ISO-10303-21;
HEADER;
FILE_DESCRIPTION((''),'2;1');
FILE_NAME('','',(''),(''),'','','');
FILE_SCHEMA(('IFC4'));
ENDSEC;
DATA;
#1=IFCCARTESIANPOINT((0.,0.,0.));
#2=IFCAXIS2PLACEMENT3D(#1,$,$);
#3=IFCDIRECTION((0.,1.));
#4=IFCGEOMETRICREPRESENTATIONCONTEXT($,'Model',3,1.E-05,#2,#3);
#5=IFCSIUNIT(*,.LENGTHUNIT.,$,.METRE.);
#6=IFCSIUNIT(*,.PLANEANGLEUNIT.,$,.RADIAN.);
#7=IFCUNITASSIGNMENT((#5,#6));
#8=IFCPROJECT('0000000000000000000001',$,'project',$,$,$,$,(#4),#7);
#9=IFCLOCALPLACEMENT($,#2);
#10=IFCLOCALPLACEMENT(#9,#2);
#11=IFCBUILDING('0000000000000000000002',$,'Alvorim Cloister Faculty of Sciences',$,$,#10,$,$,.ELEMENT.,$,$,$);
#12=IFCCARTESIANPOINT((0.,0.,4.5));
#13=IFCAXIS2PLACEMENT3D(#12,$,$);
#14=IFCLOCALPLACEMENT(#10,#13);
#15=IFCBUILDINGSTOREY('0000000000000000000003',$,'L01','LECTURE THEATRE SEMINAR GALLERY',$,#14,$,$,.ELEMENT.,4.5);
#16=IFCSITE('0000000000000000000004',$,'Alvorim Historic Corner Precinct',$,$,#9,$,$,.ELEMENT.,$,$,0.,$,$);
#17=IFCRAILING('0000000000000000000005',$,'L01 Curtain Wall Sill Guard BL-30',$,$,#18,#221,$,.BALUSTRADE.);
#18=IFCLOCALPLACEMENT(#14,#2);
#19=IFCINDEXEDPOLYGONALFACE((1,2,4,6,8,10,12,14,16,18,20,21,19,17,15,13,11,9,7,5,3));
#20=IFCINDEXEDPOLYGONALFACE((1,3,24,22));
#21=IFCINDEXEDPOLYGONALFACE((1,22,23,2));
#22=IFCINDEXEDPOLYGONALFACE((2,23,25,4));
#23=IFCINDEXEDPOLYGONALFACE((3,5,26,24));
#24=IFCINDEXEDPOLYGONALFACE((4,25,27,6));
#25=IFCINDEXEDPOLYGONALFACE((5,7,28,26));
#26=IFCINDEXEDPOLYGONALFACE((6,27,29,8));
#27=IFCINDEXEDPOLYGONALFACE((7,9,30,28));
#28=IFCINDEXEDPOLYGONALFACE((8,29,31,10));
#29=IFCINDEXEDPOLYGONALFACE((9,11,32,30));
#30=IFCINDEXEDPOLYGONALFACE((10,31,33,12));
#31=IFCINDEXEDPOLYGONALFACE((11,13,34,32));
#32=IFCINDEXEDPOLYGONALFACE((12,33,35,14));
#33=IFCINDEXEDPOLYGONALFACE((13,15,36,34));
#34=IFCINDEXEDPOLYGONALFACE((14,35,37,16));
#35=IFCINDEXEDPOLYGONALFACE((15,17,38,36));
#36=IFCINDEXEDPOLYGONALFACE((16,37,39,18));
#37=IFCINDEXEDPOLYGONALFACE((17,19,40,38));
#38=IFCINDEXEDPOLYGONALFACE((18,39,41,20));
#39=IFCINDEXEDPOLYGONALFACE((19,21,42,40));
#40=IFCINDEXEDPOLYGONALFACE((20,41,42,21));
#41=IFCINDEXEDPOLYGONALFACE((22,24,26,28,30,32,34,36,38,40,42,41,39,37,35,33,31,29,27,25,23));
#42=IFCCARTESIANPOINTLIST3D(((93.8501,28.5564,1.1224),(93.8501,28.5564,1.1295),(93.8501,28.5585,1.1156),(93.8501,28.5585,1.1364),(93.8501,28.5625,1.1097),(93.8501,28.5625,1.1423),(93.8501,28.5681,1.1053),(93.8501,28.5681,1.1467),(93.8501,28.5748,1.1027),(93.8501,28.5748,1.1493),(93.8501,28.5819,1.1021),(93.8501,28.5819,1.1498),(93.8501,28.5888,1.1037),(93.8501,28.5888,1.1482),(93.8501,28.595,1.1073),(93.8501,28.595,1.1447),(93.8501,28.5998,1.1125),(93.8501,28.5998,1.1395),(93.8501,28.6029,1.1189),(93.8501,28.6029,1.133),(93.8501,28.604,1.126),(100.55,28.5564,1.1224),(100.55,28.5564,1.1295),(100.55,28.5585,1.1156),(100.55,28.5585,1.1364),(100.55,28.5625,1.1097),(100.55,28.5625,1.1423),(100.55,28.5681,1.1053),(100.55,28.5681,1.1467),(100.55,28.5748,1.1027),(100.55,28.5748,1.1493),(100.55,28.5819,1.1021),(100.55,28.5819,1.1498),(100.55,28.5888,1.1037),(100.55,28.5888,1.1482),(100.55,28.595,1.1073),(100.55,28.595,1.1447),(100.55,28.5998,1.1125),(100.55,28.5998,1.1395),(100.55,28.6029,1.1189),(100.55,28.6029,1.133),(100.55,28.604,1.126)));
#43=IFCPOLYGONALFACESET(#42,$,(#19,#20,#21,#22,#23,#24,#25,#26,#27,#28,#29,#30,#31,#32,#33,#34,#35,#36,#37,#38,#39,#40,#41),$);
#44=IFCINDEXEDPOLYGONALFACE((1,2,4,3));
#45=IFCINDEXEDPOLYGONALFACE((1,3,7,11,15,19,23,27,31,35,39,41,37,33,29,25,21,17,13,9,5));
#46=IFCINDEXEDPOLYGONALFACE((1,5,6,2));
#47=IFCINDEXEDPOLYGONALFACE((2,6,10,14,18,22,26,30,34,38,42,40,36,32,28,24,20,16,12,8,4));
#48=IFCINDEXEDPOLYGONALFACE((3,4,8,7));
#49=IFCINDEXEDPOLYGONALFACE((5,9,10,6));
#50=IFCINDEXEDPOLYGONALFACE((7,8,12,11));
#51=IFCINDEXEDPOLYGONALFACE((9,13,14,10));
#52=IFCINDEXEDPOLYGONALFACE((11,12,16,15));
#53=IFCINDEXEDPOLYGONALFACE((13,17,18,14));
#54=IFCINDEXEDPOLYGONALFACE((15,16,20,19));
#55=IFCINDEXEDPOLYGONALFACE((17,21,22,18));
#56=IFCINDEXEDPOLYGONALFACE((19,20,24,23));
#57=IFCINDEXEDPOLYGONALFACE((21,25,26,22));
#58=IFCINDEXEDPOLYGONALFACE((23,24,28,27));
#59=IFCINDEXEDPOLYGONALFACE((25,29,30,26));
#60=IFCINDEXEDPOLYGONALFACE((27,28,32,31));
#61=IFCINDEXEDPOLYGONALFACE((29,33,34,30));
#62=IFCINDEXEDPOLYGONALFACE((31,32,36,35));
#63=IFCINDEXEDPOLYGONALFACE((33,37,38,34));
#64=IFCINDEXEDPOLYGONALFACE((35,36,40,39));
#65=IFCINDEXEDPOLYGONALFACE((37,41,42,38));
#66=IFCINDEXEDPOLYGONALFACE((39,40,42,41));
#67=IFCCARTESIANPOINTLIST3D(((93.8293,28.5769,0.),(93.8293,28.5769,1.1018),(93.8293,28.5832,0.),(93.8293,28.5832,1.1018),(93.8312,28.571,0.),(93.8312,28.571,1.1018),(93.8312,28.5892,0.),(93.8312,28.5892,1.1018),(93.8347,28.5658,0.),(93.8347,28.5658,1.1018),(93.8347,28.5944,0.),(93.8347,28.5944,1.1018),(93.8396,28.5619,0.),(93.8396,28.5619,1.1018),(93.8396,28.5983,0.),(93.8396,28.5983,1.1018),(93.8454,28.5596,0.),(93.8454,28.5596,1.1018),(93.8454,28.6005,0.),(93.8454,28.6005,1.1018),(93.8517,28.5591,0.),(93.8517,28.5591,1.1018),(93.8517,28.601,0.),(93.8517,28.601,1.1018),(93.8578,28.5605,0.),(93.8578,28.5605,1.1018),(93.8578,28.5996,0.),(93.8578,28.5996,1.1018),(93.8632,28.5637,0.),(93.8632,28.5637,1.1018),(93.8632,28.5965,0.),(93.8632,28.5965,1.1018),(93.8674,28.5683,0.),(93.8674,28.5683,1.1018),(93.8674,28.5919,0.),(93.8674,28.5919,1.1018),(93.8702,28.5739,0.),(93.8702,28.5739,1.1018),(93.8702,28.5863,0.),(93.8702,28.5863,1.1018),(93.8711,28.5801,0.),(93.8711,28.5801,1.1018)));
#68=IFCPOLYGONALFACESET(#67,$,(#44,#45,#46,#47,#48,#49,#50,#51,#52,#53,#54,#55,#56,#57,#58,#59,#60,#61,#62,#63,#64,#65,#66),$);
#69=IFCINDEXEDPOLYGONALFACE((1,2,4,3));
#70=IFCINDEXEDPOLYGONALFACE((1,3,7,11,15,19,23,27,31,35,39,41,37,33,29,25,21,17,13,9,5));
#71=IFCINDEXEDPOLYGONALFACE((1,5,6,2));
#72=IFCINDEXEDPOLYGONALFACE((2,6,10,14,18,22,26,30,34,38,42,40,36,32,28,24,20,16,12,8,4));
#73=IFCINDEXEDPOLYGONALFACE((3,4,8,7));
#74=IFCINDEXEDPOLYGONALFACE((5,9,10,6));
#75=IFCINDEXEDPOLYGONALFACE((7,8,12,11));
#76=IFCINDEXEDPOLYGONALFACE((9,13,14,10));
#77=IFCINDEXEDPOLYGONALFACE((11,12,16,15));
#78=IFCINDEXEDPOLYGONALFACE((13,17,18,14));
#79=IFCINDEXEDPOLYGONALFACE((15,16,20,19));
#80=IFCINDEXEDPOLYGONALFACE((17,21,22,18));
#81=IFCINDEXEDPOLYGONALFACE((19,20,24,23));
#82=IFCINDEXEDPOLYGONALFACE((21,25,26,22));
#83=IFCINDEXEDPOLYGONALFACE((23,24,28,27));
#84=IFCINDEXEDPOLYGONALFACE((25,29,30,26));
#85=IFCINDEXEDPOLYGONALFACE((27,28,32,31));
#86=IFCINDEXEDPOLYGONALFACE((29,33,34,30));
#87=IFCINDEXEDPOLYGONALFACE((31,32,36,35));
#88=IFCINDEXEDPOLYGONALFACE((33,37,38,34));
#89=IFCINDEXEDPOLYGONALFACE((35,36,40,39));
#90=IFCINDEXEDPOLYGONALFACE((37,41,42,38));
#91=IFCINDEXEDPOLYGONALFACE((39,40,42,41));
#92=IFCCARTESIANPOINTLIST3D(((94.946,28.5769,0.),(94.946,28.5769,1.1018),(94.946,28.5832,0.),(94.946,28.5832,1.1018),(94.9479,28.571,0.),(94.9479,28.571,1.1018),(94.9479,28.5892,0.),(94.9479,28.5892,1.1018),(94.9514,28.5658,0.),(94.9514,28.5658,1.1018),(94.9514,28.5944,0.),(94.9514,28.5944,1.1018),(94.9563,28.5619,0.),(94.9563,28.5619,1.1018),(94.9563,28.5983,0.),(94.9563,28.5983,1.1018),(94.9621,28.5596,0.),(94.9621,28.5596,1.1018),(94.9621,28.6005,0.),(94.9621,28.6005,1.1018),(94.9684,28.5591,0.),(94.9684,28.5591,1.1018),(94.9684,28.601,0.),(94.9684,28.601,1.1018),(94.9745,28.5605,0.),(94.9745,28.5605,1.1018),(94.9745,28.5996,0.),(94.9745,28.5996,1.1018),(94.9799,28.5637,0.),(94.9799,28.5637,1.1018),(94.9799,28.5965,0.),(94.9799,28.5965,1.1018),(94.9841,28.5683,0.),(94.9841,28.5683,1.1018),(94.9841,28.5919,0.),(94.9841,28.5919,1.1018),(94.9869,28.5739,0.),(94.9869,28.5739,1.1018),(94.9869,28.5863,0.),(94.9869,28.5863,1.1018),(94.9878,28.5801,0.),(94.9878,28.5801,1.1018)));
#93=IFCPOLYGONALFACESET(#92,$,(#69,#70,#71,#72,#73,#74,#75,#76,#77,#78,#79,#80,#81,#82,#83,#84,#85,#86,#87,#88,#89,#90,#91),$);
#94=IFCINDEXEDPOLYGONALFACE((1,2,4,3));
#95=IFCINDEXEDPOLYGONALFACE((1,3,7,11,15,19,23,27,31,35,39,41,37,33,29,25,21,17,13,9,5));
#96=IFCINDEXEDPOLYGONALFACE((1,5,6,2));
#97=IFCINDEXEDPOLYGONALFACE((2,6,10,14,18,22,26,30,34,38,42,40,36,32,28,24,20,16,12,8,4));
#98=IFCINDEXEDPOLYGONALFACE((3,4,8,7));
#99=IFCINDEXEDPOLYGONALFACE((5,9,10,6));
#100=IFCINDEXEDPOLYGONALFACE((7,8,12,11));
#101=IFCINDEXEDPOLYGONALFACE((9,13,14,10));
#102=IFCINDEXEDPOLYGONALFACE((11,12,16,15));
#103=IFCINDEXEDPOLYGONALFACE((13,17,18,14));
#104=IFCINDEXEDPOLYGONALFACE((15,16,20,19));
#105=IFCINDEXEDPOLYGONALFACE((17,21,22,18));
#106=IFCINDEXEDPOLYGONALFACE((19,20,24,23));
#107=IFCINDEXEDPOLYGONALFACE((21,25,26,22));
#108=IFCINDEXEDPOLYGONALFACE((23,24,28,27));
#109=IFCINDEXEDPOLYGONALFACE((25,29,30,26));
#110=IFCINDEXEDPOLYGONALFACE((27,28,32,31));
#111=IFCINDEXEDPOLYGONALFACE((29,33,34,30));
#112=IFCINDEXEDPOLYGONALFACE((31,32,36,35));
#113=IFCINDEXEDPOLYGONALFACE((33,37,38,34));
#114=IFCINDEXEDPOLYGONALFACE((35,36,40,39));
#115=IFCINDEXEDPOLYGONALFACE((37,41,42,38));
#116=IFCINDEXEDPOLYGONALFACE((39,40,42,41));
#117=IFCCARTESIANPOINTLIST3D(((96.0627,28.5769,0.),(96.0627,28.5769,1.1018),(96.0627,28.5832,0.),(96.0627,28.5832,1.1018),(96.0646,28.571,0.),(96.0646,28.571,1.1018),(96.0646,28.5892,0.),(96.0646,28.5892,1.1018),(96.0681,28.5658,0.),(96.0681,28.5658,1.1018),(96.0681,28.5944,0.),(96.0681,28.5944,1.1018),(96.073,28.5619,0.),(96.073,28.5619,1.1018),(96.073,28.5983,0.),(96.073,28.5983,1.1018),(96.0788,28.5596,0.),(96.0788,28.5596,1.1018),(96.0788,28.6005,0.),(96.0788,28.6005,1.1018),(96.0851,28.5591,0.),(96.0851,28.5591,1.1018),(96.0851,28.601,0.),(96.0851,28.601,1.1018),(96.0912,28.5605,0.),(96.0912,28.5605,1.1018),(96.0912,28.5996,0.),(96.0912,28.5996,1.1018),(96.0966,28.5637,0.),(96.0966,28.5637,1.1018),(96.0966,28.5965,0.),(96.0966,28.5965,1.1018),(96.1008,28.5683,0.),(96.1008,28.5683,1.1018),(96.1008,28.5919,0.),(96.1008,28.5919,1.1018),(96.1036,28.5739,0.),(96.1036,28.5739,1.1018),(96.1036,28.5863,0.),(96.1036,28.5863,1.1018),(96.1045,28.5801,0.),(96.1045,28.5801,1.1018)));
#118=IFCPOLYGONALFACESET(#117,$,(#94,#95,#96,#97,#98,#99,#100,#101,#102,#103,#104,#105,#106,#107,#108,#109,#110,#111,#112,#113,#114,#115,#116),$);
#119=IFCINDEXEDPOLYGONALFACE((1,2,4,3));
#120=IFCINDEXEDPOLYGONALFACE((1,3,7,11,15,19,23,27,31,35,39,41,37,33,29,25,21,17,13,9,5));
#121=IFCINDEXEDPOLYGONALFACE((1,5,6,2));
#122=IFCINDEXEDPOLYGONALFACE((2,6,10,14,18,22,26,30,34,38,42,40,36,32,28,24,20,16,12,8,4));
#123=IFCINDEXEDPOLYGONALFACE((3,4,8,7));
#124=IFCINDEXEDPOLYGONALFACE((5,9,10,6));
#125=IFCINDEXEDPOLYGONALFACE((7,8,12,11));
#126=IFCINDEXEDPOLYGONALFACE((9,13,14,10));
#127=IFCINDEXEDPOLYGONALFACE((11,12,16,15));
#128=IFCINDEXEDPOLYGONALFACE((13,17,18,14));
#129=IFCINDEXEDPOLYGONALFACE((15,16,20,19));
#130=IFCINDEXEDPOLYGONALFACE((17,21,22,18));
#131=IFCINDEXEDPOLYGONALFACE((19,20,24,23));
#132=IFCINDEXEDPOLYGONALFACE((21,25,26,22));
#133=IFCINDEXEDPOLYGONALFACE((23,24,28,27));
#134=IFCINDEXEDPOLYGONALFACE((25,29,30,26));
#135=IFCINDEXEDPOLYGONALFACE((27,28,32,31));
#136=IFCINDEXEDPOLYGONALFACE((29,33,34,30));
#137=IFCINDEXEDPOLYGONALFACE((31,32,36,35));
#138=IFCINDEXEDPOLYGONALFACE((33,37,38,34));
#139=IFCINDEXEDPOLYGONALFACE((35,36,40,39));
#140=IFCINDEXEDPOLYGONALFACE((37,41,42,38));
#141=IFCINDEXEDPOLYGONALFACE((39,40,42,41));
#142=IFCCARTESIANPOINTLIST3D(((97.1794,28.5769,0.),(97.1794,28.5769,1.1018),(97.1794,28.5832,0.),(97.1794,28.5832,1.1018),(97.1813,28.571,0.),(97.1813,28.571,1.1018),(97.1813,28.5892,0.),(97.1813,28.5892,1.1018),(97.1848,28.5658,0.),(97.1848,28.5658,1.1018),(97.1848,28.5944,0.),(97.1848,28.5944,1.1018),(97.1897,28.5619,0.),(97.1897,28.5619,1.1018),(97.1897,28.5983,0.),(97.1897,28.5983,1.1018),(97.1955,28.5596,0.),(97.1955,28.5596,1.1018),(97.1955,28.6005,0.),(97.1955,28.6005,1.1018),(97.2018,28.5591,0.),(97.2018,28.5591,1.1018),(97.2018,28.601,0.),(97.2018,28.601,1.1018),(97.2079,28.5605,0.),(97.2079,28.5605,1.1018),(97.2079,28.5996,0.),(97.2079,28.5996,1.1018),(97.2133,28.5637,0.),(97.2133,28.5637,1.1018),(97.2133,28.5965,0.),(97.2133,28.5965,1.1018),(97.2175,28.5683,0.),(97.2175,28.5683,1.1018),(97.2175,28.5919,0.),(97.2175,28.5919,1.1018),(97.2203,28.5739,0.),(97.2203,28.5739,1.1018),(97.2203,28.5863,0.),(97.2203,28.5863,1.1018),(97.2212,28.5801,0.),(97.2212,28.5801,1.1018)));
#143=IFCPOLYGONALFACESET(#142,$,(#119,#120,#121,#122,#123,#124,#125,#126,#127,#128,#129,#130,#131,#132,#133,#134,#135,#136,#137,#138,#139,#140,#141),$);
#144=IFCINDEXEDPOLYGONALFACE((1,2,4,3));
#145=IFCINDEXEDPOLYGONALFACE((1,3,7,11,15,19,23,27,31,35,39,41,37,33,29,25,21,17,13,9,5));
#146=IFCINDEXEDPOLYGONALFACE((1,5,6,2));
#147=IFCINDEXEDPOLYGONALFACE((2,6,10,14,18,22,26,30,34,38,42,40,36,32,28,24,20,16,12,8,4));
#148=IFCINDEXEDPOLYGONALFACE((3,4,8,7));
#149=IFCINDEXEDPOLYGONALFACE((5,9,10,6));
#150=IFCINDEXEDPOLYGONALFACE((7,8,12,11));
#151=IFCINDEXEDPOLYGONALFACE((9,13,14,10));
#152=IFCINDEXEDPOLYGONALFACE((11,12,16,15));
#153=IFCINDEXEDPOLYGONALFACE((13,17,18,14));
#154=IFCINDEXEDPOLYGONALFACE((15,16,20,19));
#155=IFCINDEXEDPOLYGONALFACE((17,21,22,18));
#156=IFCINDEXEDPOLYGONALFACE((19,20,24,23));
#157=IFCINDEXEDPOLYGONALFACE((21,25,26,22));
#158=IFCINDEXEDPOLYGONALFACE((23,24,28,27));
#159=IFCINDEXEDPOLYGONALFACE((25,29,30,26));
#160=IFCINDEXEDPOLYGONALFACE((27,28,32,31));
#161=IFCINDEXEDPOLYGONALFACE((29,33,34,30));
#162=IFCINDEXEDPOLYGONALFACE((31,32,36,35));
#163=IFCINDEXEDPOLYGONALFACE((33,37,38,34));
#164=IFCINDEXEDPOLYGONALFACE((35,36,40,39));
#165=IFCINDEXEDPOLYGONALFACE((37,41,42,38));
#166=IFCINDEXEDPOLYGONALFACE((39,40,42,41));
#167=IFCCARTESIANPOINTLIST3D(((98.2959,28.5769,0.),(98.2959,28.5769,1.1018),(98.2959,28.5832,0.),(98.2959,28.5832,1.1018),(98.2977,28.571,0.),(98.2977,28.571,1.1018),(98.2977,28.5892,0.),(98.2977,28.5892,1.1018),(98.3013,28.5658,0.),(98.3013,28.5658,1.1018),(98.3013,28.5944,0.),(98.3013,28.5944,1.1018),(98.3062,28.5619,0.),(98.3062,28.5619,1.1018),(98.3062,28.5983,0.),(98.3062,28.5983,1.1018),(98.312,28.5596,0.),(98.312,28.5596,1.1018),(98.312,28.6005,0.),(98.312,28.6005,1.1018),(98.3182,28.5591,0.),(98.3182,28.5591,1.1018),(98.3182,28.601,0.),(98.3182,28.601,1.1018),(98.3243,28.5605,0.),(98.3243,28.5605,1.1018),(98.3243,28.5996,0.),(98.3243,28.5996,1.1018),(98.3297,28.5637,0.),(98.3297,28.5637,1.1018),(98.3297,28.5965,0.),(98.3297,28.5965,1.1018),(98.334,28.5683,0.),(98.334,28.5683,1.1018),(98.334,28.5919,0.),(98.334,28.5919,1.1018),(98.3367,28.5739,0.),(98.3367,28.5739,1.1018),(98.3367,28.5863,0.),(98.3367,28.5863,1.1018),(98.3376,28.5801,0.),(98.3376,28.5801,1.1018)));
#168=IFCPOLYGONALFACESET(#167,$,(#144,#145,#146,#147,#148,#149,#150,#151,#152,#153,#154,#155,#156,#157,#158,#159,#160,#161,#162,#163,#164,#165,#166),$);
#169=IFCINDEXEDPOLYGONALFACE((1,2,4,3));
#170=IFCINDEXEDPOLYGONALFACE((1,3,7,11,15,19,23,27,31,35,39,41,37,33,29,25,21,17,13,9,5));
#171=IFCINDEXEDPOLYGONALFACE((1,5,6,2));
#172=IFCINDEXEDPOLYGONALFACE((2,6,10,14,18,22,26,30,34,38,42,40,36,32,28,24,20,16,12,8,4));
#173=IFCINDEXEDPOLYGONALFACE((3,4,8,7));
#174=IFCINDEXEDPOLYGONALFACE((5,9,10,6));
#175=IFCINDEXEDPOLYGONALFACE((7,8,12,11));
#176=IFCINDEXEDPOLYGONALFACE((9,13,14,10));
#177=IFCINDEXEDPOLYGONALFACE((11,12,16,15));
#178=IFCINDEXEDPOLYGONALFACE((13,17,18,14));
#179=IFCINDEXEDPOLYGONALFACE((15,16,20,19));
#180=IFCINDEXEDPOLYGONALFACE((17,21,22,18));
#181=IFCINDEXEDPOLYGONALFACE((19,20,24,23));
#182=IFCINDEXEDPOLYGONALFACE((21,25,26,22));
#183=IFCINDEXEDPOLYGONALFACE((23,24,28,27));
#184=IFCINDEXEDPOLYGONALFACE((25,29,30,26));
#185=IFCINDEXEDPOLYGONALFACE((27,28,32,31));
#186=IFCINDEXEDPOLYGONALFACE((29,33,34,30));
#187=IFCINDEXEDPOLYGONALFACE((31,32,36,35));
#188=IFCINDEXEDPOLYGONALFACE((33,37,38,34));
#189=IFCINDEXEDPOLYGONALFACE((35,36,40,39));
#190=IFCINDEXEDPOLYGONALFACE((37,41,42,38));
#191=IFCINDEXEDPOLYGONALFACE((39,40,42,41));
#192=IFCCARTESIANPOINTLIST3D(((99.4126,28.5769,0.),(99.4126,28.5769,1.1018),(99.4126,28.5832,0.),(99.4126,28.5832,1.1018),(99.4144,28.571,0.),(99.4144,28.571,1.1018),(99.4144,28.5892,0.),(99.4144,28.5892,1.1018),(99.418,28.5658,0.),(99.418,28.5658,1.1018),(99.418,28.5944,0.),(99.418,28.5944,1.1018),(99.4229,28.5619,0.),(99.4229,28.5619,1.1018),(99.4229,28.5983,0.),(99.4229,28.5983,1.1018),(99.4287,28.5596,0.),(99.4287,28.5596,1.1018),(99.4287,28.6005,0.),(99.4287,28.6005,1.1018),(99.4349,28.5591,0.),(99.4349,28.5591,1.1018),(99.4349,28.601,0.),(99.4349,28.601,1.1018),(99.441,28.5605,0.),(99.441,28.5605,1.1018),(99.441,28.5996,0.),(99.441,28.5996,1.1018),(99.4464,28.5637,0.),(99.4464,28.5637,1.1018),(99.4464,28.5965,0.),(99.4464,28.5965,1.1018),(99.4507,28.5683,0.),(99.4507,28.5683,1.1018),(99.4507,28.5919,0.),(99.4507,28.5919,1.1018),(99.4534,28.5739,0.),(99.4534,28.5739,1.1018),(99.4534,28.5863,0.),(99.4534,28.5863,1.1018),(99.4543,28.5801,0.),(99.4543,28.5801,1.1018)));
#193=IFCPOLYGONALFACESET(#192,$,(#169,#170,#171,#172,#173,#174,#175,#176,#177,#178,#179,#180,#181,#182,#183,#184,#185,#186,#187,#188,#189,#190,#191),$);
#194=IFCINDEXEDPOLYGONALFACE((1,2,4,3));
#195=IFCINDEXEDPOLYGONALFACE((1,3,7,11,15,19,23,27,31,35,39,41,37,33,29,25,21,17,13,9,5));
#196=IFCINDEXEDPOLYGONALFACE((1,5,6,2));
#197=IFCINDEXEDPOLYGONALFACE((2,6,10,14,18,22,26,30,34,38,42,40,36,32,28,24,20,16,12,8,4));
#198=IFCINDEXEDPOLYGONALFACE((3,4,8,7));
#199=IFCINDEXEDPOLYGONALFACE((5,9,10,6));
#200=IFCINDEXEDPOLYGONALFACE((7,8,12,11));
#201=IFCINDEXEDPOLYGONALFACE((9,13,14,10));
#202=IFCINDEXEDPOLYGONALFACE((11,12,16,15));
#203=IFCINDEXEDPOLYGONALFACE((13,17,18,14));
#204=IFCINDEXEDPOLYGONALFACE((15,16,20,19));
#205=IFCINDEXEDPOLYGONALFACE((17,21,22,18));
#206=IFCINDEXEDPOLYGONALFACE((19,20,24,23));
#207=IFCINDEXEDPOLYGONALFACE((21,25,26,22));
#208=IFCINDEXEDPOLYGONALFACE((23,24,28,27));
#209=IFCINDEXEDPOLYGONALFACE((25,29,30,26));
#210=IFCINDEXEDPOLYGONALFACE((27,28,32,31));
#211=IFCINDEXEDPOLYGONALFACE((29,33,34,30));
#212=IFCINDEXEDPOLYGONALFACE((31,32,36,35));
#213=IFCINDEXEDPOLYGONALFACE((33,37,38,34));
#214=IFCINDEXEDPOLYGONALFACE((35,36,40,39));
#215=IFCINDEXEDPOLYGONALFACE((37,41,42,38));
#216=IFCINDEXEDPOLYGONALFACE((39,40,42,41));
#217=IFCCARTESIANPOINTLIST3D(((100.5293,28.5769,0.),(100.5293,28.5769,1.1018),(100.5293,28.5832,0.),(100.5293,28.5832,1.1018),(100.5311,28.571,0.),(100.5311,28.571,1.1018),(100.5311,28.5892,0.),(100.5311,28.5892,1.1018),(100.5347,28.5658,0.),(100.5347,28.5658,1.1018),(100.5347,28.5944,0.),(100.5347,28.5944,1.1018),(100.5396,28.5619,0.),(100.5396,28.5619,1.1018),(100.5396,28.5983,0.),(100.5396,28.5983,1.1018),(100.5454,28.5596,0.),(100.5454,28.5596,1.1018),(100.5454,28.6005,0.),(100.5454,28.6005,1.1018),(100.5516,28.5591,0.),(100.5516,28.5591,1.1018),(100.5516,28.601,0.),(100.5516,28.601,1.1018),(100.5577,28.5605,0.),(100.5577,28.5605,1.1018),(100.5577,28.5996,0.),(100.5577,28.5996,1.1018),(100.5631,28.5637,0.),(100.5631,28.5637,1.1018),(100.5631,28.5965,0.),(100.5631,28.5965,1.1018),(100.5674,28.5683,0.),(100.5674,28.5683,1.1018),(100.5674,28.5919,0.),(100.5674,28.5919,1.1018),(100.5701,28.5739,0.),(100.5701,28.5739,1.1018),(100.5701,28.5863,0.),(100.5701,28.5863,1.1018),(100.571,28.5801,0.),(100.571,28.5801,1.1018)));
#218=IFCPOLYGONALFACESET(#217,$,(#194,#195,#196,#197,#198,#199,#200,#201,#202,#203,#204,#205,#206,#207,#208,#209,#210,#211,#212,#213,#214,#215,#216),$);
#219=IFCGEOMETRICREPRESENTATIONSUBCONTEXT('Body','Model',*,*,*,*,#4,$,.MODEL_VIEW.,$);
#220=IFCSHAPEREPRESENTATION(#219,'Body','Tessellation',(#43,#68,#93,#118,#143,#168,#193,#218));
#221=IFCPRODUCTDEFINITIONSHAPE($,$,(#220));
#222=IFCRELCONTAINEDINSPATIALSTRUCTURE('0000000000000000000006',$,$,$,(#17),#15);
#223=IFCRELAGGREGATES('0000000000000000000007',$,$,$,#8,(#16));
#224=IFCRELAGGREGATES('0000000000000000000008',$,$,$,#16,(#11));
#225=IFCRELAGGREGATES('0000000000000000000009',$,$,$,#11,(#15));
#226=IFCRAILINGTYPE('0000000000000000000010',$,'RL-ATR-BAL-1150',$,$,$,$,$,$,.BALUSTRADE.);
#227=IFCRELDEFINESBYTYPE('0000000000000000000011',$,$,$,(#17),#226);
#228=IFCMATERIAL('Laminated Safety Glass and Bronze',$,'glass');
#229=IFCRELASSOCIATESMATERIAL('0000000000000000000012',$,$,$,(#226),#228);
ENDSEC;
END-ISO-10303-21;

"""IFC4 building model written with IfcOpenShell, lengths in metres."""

from ifc_helpers import new_model, si_unit, direction, frame, origin, origin_2d, place, context, subcontext, project, spatial, circle, extrude, material, type_object, element, save


model = new_model("IFC4")

# Units and contexts
model_context = context("Model", 3, precision=1e-05, world=origin(), true_north=direction((0.0, 1.0)))
body_context = subcontext(model_context, "Body", "Model", "MODEL_VIEW")
ifc_project = project(units=[si_unit("LENGTHUNIT", "METRE"), si_unit("PLANEANGLEUNIT", "RADIAN")], contexts=[model_context])

# Site, building, storey
site_placement = place(None, origin())
site = spatial("IfcSite", under=ifc_project, at=site_placement, Name="Alvorim Historic Corner Precinct", CompositionType="ELEMENT", RefElevation=0.0)
building_placement = place(site_placement, origin())
building = spatial("IfcBuilding", under=site, at=building_placement, Name="Alvorim Cloister Faculty of Sciences", CompositionType="ELEMENT")
storey_placement = place(building_placement, frame((0.0, 0.0, 4.5)))
storey = spatial("IfcBuildingStorey", under=building, at=storey_placement, Name="L01", Description="LECTURE THEATRE SEMINAR GALLERY", CompositionType="ELEMENT", Elevation=4.5)

# Railing
ifc_material_1 = material(Name="Laminated Safety Glass and Bronze", Category="glass")
railing_type = type_object("IfcRailingType", Name="RL-ATR-BAL-1150", PredefinedType="BALUSTRADE", material=ifc_material_1)
railing_placement = place(storey_placement, frame((93.8501, 28.5801, 0.0)))
element("IfcRailing", 1, at=railing_placement, inside=storey, type_object=railing_type, Name="L01 Curtain Wall Sill Guard BL-30", PredefinedType="BALUSTRADE", context=body_context, shape_type="SweptSolid", body=[
    extrude(circle(Radius=0.0239, at=origin_2d()), frame((0.0, 0.0, 1.126), z_axis=(1.0, 0.0, 0.0), x_axis=(0.0, 1.0, 0.0)), (0.0, 0.0, 1.0), 6.7),
    extrude(circle(Radius=0.021, at=origin_2d()), origin(), (0.0, 0.0, 1.0), 1.1018),
    extrude(circle(Radius=0.021, at=origin_2d()), frame((1.1167, 0.0, 0.0)), (0.0, 0.0, 1.0), 1.1018),
    extrude(circle(Radius=0.021, at=origin_2d()), frame((2.2334, 0.0, 0.0)), (0.0, 0.0, 1.0), 1.1018),
    extrude(circle(Radius=0.021, at=origin_2d()), frame((3.3501, 0.0, 0.0)), (0.0, 0.0, 1.0), 1.1018),
    extrude(circle(Radius=0.021, at=origin_2d()), frame((4.4666, 0.0, 0.0)), (0.0, 0.0, 1.0), 1.1018),
    extrude(circle(Radius=0.021, at=origin_2d()), frame((5.5833, 0.0, 0.0)), (0.0, 0.0, 1.0), 1.1018),
    extrude(circle(Radius=0.021, at=origin_2d()), frame((6.7, 0.0, 0.0)), (0.0, 0.0, 1.0), 1.1018),
])

save(model, "model.ifc")
